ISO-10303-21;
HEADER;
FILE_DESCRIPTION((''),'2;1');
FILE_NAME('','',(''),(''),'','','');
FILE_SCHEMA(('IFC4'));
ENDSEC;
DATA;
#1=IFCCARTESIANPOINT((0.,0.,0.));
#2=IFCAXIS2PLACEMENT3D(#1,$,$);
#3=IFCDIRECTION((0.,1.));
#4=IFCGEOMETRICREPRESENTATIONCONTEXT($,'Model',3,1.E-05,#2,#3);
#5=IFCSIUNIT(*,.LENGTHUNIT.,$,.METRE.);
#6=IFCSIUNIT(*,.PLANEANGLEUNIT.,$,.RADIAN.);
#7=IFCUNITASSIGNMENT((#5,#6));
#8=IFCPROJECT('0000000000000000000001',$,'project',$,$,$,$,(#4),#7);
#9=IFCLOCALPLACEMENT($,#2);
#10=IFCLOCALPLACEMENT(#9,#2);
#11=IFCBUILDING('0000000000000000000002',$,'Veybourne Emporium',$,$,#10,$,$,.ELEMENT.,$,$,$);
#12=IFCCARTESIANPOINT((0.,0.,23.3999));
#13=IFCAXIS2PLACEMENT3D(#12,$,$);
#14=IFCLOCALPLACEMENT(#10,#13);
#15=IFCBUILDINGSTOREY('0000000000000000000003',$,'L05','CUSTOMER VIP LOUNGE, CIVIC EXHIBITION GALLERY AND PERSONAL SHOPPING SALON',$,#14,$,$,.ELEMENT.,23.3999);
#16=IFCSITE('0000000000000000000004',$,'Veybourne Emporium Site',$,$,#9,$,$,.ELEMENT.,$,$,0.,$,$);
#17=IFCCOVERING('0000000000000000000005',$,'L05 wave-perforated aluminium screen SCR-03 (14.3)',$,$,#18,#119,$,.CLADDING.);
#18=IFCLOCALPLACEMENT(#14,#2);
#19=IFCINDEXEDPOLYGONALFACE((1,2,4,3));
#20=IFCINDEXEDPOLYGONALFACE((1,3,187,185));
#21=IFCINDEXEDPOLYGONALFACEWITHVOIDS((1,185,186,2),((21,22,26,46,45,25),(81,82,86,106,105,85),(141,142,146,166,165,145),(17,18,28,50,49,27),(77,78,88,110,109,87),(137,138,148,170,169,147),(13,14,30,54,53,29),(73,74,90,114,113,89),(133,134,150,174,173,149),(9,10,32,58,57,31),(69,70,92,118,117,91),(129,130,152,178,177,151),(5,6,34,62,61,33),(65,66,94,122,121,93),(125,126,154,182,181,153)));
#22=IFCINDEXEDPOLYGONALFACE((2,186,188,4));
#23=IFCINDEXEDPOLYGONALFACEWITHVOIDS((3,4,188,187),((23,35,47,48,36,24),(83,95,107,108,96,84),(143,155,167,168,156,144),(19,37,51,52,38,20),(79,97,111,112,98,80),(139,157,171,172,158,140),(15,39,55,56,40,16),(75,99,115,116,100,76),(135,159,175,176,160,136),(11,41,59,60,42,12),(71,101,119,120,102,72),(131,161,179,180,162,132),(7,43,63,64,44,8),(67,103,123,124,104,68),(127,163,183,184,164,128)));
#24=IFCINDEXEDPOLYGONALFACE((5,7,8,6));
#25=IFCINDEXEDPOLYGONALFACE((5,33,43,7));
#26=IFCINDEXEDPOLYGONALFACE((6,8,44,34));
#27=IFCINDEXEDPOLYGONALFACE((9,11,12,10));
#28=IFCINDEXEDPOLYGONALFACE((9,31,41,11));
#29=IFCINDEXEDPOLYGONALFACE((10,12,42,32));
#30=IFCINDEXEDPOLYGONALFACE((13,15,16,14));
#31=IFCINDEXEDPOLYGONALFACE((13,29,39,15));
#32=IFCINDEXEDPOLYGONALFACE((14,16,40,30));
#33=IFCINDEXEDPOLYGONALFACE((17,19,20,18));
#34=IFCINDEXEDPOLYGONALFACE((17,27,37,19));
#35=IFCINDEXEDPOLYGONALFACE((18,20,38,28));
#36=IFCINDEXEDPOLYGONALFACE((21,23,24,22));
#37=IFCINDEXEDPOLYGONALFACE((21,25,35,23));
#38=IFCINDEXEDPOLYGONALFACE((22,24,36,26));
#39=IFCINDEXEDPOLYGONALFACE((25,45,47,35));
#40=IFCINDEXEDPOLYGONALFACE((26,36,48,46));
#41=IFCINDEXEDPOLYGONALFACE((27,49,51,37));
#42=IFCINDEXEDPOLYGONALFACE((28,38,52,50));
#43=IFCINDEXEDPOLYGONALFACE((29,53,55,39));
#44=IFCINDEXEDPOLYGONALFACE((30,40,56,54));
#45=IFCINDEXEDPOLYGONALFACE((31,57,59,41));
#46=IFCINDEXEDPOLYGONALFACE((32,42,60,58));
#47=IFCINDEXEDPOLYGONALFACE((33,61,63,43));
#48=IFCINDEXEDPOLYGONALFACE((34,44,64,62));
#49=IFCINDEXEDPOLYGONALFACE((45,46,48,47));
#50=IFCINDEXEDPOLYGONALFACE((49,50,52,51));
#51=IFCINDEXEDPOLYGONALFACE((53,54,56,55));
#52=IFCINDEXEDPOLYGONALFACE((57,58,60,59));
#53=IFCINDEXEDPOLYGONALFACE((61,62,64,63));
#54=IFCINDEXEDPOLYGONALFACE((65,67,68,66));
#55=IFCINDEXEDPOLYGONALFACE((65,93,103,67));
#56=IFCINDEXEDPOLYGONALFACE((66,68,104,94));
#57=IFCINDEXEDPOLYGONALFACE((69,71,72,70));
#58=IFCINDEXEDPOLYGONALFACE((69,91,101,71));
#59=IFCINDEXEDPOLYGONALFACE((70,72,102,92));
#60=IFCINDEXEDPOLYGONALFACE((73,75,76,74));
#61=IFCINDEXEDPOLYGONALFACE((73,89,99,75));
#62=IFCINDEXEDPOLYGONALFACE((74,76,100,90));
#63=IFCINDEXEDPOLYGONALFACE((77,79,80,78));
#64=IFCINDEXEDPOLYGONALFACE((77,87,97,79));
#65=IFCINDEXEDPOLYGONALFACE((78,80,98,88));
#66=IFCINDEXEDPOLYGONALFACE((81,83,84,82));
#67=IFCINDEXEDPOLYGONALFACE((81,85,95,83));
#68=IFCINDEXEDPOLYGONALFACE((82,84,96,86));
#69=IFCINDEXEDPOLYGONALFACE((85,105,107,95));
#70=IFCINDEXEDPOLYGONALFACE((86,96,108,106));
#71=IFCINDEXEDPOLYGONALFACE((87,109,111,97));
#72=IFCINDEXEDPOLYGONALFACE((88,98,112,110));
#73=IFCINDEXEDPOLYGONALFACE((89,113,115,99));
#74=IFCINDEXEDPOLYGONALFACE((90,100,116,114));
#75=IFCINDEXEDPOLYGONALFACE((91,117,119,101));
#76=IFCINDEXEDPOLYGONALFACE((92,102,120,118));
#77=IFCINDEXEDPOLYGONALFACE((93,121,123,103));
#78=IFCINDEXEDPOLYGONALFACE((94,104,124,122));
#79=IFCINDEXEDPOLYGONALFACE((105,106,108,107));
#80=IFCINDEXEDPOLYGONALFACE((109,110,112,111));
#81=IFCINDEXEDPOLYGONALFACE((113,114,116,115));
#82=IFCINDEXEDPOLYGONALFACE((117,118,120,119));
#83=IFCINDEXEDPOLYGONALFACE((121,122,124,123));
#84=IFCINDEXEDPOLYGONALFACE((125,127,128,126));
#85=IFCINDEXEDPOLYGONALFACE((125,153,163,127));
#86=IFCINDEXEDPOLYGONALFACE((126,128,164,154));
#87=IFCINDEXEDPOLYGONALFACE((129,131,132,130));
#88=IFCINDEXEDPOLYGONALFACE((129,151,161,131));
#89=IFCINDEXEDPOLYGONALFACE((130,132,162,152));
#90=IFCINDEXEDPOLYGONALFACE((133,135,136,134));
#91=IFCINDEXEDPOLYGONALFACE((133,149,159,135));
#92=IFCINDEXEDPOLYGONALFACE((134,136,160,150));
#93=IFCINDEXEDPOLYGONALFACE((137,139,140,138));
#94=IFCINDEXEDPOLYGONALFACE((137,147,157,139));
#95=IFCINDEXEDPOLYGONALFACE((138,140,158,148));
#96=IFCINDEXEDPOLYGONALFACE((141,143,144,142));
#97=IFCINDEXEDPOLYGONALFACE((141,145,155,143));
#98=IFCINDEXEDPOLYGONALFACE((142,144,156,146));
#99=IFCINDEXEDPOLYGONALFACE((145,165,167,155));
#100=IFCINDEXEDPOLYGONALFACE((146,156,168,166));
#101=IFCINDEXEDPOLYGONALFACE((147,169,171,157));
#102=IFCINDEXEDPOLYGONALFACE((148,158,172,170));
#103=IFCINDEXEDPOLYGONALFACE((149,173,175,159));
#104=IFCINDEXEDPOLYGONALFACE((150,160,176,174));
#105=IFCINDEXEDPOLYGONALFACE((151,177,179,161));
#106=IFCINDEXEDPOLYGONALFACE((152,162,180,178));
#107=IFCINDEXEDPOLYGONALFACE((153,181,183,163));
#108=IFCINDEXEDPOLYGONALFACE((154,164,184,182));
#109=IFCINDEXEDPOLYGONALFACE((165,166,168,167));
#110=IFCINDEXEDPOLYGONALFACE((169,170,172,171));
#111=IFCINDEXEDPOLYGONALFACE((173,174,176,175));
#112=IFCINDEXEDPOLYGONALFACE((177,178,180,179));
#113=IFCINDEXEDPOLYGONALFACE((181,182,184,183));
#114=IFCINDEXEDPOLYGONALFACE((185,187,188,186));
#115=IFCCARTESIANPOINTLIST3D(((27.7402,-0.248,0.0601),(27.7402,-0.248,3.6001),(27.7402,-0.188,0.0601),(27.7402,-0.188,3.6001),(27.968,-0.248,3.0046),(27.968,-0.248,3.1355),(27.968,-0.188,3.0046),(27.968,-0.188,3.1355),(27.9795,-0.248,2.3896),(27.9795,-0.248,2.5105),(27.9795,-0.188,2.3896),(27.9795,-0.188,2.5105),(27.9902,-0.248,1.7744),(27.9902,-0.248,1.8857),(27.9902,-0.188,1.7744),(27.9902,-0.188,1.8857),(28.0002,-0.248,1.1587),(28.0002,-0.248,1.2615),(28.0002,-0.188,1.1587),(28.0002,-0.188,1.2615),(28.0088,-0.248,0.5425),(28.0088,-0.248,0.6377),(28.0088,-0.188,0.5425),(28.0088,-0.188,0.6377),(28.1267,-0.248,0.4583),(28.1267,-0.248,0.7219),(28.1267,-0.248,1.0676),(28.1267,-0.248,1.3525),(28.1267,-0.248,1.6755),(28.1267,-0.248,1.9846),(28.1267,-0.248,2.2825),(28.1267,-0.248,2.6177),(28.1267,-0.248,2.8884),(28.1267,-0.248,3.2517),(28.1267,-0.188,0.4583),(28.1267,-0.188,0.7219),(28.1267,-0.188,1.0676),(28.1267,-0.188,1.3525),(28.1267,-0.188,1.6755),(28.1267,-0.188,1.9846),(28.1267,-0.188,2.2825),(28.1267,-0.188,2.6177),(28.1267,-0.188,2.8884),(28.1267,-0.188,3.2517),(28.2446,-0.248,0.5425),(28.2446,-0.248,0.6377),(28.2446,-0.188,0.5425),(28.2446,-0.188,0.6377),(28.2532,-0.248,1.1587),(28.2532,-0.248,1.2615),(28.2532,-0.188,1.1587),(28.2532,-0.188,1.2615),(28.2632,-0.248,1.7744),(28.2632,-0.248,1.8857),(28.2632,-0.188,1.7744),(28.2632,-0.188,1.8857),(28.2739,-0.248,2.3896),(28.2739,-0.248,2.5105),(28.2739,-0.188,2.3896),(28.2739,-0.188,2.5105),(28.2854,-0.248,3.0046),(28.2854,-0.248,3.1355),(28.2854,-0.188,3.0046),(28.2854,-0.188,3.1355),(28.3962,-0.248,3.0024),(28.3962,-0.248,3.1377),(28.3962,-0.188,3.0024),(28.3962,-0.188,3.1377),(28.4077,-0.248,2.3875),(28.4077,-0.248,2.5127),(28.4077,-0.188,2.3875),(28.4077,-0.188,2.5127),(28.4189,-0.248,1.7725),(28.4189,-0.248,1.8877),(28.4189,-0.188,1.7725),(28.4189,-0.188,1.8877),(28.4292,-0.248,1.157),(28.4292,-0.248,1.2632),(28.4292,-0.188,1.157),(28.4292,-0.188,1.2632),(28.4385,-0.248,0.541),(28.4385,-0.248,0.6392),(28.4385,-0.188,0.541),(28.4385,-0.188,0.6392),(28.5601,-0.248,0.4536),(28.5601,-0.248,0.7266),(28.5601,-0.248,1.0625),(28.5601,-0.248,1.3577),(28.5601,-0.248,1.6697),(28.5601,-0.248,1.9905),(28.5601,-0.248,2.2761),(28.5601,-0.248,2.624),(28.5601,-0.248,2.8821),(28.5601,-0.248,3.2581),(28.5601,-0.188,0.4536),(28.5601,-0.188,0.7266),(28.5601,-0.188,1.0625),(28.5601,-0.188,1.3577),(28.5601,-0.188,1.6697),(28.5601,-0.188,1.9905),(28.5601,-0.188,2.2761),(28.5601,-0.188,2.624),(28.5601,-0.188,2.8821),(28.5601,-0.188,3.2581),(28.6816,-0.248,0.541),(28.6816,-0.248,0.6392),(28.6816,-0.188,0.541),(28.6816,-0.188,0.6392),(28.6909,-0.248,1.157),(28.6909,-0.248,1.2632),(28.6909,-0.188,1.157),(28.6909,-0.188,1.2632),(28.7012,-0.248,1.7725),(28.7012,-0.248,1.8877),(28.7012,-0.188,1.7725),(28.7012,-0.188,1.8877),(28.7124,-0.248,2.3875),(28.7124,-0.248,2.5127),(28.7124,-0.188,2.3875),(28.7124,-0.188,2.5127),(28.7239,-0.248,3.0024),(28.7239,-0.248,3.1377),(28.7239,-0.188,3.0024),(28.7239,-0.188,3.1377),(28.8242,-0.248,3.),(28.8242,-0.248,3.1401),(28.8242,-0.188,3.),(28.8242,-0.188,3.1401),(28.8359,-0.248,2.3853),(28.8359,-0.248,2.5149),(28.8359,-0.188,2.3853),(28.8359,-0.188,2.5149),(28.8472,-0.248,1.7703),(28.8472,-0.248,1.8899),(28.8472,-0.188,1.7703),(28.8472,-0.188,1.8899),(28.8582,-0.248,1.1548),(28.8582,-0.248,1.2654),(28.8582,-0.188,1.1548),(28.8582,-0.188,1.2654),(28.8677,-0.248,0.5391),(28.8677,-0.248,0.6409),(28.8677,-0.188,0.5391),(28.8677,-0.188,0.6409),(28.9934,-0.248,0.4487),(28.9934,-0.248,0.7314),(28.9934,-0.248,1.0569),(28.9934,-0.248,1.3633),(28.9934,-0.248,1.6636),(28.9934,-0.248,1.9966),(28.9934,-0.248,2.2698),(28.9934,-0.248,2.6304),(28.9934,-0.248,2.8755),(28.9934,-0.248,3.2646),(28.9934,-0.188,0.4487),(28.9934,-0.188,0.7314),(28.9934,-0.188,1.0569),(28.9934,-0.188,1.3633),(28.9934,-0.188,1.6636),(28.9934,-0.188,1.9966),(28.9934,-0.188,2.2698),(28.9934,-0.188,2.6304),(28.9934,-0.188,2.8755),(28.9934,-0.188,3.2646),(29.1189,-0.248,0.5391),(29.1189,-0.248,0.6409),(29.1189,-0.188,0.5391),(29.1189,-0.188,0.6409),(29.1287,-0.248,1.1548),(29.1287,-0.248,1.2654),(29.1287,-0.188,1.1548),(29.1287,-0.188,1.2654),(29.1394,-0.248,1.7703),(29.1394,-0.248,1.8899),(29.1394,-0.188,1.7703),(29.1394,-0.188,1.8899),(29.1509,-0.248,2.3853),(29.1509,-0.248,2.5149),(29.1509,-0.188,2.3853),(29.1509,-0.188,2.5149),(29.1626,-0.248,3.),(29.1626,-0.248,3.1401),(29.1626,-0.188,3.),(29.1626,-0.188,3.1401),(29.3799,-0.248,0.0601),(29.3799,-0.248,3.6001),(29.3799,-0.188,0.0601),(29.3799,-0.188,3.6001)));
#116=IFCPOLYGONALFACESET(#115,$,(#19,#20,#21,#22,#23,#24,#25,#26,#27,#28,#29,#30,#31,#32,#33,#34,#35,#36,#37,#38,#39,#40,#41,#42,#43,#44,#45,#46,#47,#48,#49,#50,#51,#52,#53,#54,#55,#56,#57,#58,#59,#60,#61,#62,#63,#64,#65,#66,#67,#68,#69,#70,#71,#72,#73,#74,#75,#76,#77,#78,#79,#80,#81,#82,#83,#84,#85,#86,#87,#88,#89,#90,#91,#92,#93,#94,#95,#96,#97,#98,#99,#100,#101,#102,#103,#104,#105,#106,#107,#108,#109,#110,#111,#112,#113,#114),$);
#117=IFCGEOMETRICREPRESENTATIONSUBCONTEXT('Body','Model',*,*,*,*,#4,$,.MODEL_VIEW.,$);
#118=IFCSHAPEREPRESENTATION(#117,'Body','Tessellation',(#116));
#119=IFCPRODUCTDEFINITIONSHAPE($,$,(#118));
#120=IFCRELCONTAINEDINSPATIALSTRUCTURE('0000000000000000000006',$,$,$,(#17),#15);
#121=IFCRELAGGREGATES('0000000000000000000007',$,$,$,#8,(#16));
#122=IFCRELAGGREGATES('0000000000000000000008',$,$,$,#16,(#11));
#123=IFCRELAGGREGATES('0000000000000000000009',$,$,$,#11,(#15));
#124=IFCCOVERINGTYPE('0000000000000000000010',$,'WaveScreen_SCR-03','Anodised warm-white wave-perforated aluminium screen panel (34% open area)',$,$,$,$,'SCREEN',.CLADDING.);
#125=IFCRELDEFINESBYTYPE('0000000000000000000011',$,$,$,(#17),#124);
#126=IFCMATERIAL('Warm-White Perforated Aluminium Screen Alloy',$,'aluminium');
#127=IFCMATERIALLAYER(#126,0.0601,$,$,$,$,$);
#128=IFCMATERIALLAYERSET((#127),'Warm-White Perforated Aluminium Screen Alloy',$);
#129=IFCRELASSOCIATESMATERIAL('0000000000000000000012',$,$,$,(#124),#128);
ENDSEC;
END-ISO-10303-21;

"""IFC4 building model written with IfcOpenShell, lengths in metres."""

from ifc_helpers import new_model, si_unit, direction, frame, origin, place, context, subcontext, project, spatial, polyline, outline, extrude, material, layer, layer_set, type_object, element, save


model = new_model("IFC4")

# Units and contexts
model_context = context("Model", 3, precision=1e-05, world=origin(), true_north=direction((0.0, 1.0)))
body_context = subcontext(model_context, "Body", "Model", "MODEL_VIEW")
ifc_project = project(units=[si_unit("LENGTHUNIT", "METRE"), si_unit("PLANEANGLEUNIT", "RADIAN")], contexts=[model_context])

# Site, building, storey
site_placement = place(None, origin())
site = spatial("IfcSite", under=ifc_project, at=site_placement, Name="Veybourne Emporium Site", CompositionType="ELEMENT", RefElevation=0.0)
building_placement = place(site_placement, origin())
building = spatial("IfcBuilding", under=site, at=building_placement, Name="Veybourne Emporium", CompositionType="ELEMENT")
storey_placement = place(building_placement, frame((0.0, 0.0, 23.3999)))
storey = spatial("IfcBuildingStorey", under=building, at=storey_placement, Name="L05", Description="CUSTOMER VIP LOUNGE, CIVIC EXHIBITION GALLERY AND PERSONAL SHOPPING SALON", CompositionType="ELEMENT", Elevation=23.3999)

# Covering
ifc_material_1 = material(Name="Warm-White Perforated Aluminium Screen Alloy", Category="aluminium")
ifc_layer_1 = layer(ifc_material_1, 0.0601)
ifc_layer_set_1 = layer_set([ifc_layer_1], Name="Warm-White Perforated Aluminium Screen Alloy")
covering_type_1 = type_object("IfcCoveringType", Name="WaveScreen_SCR-03", Description="Anodised warm-white wave-perforated aluminium screen panel (34% open area)", ElementType="SCREEN", PredefinedType="CLADDING", material=ifc_layer_set_1)
covering_1_placement = place(storey_placement, frame((28.5601, -0.248, 1.8301), z_axis=(0.0, 1.0, 0.0), x_axis=(-1.0, 0.0, 0.0)))
element("IfcCovering", 1, at=covering_1_placement, inside=storey, type_object=covering_type_1, Name="L05 wave-perforated aluminium screen SCR-03 (14.3)", PredefinedType="CLADDING", context=body_context, shape_type="SweptSolid", body=[
    extrude(outline(polyline([(-0.8198, -1.77), (0.8198, -1.77), (0.8198, 1.77), (-0.8198, 1.77), (-0.8198, -1.77)]), holes=[polyline([(-0.4333, -1.0986), (-0.3076, -1.1892), (-0.3076, -1.291), (-0.4333, -1.3813), (-0.5588, -1.291), (-0.5588, -1.1892), (-0.4333, -1.0986)]), polyline([(-0.4333, -0.4668), (-0.2981, -0.5647), (-0.2981, -0.6753), (-0.4333, -0.7732), (-0.5686, -0.6753), (-0.5686, -0.5647), (-0.4333, -0.4668)]), polyline([(-0.4333, 0.1665), (-0.2871, 0.0598), (-0.2871, -0.0598), (-0.4333, -0.1665), (-0.5793, -0.0598), (-0.5793, 0.0598), (-0.4333, 0.1665)]), polyline([(-0.4333, 0.8003), (-0.2759, 0.6848), (-0.2759, 0.5552), (-0.4333, 0.4397), (-0.5908, 0.5552), (-0.5908, 0.6848), (-0.4333, 0.8003)]), polyline([(-0.4333, 1.4346), (-0.2642, 1.3101), (-0.2642, 1.1699), (-0.4333, 1.0454), (-0.6025, 1.1699), (-0.6025, 1.3101), (-0.4333, 1.4346)]), polyline([(0.0, -1.1035), (0.1216, -1.1909), (0.1216, -1.2891), (0.0, -1.3765), (-0.1216, -1.2891), (-0.1216, -1.1909), (0.0, -1.1035)]), polyline([(0.0, -0.4724), (0.1309, -0.5669), (0.1309, -0.6731), (0.0, -0.7676), (-0.1309, -0.6731), (-0.1309, -0.5669), (0.0, -0.4724)]), polyline([(0.0, 0.1604), (0.1411, 0.0576), (0.1411, -0.0576), (0.0, -0.1604), (-0.1411, -0.0576), (-0.1411, 0.0576), (0.0, 0.1604)]), polyline([(0.0, 0.7939), (0.1523, 0.6826), (0.1523, 0.5574), (0.0, 0.446), (-0.1523, 0.5574), (-0.1523, 0.6826), (0.0, 0.7939)]), polyline([(0.0, 1.428), (0.1638, 1.3076), (0.1638, 1.1724), (0.0, 1.052), (-0.1638, 1.1724), (-0.1638, 1.3076), (0.0, 1.428)]), polyline([(0.4333, -1.1082), (0.5513, -1.1924), (0.5513, -1.2876), (0.4333, -1.3718), (0.3154, -1.2876), (0.3154, -1.1924), (0.4333, -1.1082)]), polyline([(0.4333, -0.4775), (0.5598, -0.5686), (0.5598, -0.6714), (0.4333, -0.7625), (0.3069, -0.6714), (0.3069, -0.5686), (0.4333, -0.4775)]), polyline([(0.4333, 0.1545), (0.5698, 0.0557), (0.5698, -0.0557), (0.4333, -0.1545), (0.2969, -0.0557), (0.2969, 0.0557), (0.4333, 0.1545)]), polyline([(0.4333, 0.7876), (0.5806, 0.6804), (0.5806, 0.5596), (0.4333, 0.4524), (0.2861, 0.5596), (0.2861, 0.6804), (0.4333, 0.7876)]), polyline([(0.4333, 1.4216), (0.592, 1.3054), (0.592, 1.1746), (0.4333, 1.0583), (0.2747, 1.1746), (0.2747, 1.3054), (0.4333, 1.4216)])]), origin(), (0.0, 0.0, 1.0), 0.0601),
])

save(model, "model.ifc")
